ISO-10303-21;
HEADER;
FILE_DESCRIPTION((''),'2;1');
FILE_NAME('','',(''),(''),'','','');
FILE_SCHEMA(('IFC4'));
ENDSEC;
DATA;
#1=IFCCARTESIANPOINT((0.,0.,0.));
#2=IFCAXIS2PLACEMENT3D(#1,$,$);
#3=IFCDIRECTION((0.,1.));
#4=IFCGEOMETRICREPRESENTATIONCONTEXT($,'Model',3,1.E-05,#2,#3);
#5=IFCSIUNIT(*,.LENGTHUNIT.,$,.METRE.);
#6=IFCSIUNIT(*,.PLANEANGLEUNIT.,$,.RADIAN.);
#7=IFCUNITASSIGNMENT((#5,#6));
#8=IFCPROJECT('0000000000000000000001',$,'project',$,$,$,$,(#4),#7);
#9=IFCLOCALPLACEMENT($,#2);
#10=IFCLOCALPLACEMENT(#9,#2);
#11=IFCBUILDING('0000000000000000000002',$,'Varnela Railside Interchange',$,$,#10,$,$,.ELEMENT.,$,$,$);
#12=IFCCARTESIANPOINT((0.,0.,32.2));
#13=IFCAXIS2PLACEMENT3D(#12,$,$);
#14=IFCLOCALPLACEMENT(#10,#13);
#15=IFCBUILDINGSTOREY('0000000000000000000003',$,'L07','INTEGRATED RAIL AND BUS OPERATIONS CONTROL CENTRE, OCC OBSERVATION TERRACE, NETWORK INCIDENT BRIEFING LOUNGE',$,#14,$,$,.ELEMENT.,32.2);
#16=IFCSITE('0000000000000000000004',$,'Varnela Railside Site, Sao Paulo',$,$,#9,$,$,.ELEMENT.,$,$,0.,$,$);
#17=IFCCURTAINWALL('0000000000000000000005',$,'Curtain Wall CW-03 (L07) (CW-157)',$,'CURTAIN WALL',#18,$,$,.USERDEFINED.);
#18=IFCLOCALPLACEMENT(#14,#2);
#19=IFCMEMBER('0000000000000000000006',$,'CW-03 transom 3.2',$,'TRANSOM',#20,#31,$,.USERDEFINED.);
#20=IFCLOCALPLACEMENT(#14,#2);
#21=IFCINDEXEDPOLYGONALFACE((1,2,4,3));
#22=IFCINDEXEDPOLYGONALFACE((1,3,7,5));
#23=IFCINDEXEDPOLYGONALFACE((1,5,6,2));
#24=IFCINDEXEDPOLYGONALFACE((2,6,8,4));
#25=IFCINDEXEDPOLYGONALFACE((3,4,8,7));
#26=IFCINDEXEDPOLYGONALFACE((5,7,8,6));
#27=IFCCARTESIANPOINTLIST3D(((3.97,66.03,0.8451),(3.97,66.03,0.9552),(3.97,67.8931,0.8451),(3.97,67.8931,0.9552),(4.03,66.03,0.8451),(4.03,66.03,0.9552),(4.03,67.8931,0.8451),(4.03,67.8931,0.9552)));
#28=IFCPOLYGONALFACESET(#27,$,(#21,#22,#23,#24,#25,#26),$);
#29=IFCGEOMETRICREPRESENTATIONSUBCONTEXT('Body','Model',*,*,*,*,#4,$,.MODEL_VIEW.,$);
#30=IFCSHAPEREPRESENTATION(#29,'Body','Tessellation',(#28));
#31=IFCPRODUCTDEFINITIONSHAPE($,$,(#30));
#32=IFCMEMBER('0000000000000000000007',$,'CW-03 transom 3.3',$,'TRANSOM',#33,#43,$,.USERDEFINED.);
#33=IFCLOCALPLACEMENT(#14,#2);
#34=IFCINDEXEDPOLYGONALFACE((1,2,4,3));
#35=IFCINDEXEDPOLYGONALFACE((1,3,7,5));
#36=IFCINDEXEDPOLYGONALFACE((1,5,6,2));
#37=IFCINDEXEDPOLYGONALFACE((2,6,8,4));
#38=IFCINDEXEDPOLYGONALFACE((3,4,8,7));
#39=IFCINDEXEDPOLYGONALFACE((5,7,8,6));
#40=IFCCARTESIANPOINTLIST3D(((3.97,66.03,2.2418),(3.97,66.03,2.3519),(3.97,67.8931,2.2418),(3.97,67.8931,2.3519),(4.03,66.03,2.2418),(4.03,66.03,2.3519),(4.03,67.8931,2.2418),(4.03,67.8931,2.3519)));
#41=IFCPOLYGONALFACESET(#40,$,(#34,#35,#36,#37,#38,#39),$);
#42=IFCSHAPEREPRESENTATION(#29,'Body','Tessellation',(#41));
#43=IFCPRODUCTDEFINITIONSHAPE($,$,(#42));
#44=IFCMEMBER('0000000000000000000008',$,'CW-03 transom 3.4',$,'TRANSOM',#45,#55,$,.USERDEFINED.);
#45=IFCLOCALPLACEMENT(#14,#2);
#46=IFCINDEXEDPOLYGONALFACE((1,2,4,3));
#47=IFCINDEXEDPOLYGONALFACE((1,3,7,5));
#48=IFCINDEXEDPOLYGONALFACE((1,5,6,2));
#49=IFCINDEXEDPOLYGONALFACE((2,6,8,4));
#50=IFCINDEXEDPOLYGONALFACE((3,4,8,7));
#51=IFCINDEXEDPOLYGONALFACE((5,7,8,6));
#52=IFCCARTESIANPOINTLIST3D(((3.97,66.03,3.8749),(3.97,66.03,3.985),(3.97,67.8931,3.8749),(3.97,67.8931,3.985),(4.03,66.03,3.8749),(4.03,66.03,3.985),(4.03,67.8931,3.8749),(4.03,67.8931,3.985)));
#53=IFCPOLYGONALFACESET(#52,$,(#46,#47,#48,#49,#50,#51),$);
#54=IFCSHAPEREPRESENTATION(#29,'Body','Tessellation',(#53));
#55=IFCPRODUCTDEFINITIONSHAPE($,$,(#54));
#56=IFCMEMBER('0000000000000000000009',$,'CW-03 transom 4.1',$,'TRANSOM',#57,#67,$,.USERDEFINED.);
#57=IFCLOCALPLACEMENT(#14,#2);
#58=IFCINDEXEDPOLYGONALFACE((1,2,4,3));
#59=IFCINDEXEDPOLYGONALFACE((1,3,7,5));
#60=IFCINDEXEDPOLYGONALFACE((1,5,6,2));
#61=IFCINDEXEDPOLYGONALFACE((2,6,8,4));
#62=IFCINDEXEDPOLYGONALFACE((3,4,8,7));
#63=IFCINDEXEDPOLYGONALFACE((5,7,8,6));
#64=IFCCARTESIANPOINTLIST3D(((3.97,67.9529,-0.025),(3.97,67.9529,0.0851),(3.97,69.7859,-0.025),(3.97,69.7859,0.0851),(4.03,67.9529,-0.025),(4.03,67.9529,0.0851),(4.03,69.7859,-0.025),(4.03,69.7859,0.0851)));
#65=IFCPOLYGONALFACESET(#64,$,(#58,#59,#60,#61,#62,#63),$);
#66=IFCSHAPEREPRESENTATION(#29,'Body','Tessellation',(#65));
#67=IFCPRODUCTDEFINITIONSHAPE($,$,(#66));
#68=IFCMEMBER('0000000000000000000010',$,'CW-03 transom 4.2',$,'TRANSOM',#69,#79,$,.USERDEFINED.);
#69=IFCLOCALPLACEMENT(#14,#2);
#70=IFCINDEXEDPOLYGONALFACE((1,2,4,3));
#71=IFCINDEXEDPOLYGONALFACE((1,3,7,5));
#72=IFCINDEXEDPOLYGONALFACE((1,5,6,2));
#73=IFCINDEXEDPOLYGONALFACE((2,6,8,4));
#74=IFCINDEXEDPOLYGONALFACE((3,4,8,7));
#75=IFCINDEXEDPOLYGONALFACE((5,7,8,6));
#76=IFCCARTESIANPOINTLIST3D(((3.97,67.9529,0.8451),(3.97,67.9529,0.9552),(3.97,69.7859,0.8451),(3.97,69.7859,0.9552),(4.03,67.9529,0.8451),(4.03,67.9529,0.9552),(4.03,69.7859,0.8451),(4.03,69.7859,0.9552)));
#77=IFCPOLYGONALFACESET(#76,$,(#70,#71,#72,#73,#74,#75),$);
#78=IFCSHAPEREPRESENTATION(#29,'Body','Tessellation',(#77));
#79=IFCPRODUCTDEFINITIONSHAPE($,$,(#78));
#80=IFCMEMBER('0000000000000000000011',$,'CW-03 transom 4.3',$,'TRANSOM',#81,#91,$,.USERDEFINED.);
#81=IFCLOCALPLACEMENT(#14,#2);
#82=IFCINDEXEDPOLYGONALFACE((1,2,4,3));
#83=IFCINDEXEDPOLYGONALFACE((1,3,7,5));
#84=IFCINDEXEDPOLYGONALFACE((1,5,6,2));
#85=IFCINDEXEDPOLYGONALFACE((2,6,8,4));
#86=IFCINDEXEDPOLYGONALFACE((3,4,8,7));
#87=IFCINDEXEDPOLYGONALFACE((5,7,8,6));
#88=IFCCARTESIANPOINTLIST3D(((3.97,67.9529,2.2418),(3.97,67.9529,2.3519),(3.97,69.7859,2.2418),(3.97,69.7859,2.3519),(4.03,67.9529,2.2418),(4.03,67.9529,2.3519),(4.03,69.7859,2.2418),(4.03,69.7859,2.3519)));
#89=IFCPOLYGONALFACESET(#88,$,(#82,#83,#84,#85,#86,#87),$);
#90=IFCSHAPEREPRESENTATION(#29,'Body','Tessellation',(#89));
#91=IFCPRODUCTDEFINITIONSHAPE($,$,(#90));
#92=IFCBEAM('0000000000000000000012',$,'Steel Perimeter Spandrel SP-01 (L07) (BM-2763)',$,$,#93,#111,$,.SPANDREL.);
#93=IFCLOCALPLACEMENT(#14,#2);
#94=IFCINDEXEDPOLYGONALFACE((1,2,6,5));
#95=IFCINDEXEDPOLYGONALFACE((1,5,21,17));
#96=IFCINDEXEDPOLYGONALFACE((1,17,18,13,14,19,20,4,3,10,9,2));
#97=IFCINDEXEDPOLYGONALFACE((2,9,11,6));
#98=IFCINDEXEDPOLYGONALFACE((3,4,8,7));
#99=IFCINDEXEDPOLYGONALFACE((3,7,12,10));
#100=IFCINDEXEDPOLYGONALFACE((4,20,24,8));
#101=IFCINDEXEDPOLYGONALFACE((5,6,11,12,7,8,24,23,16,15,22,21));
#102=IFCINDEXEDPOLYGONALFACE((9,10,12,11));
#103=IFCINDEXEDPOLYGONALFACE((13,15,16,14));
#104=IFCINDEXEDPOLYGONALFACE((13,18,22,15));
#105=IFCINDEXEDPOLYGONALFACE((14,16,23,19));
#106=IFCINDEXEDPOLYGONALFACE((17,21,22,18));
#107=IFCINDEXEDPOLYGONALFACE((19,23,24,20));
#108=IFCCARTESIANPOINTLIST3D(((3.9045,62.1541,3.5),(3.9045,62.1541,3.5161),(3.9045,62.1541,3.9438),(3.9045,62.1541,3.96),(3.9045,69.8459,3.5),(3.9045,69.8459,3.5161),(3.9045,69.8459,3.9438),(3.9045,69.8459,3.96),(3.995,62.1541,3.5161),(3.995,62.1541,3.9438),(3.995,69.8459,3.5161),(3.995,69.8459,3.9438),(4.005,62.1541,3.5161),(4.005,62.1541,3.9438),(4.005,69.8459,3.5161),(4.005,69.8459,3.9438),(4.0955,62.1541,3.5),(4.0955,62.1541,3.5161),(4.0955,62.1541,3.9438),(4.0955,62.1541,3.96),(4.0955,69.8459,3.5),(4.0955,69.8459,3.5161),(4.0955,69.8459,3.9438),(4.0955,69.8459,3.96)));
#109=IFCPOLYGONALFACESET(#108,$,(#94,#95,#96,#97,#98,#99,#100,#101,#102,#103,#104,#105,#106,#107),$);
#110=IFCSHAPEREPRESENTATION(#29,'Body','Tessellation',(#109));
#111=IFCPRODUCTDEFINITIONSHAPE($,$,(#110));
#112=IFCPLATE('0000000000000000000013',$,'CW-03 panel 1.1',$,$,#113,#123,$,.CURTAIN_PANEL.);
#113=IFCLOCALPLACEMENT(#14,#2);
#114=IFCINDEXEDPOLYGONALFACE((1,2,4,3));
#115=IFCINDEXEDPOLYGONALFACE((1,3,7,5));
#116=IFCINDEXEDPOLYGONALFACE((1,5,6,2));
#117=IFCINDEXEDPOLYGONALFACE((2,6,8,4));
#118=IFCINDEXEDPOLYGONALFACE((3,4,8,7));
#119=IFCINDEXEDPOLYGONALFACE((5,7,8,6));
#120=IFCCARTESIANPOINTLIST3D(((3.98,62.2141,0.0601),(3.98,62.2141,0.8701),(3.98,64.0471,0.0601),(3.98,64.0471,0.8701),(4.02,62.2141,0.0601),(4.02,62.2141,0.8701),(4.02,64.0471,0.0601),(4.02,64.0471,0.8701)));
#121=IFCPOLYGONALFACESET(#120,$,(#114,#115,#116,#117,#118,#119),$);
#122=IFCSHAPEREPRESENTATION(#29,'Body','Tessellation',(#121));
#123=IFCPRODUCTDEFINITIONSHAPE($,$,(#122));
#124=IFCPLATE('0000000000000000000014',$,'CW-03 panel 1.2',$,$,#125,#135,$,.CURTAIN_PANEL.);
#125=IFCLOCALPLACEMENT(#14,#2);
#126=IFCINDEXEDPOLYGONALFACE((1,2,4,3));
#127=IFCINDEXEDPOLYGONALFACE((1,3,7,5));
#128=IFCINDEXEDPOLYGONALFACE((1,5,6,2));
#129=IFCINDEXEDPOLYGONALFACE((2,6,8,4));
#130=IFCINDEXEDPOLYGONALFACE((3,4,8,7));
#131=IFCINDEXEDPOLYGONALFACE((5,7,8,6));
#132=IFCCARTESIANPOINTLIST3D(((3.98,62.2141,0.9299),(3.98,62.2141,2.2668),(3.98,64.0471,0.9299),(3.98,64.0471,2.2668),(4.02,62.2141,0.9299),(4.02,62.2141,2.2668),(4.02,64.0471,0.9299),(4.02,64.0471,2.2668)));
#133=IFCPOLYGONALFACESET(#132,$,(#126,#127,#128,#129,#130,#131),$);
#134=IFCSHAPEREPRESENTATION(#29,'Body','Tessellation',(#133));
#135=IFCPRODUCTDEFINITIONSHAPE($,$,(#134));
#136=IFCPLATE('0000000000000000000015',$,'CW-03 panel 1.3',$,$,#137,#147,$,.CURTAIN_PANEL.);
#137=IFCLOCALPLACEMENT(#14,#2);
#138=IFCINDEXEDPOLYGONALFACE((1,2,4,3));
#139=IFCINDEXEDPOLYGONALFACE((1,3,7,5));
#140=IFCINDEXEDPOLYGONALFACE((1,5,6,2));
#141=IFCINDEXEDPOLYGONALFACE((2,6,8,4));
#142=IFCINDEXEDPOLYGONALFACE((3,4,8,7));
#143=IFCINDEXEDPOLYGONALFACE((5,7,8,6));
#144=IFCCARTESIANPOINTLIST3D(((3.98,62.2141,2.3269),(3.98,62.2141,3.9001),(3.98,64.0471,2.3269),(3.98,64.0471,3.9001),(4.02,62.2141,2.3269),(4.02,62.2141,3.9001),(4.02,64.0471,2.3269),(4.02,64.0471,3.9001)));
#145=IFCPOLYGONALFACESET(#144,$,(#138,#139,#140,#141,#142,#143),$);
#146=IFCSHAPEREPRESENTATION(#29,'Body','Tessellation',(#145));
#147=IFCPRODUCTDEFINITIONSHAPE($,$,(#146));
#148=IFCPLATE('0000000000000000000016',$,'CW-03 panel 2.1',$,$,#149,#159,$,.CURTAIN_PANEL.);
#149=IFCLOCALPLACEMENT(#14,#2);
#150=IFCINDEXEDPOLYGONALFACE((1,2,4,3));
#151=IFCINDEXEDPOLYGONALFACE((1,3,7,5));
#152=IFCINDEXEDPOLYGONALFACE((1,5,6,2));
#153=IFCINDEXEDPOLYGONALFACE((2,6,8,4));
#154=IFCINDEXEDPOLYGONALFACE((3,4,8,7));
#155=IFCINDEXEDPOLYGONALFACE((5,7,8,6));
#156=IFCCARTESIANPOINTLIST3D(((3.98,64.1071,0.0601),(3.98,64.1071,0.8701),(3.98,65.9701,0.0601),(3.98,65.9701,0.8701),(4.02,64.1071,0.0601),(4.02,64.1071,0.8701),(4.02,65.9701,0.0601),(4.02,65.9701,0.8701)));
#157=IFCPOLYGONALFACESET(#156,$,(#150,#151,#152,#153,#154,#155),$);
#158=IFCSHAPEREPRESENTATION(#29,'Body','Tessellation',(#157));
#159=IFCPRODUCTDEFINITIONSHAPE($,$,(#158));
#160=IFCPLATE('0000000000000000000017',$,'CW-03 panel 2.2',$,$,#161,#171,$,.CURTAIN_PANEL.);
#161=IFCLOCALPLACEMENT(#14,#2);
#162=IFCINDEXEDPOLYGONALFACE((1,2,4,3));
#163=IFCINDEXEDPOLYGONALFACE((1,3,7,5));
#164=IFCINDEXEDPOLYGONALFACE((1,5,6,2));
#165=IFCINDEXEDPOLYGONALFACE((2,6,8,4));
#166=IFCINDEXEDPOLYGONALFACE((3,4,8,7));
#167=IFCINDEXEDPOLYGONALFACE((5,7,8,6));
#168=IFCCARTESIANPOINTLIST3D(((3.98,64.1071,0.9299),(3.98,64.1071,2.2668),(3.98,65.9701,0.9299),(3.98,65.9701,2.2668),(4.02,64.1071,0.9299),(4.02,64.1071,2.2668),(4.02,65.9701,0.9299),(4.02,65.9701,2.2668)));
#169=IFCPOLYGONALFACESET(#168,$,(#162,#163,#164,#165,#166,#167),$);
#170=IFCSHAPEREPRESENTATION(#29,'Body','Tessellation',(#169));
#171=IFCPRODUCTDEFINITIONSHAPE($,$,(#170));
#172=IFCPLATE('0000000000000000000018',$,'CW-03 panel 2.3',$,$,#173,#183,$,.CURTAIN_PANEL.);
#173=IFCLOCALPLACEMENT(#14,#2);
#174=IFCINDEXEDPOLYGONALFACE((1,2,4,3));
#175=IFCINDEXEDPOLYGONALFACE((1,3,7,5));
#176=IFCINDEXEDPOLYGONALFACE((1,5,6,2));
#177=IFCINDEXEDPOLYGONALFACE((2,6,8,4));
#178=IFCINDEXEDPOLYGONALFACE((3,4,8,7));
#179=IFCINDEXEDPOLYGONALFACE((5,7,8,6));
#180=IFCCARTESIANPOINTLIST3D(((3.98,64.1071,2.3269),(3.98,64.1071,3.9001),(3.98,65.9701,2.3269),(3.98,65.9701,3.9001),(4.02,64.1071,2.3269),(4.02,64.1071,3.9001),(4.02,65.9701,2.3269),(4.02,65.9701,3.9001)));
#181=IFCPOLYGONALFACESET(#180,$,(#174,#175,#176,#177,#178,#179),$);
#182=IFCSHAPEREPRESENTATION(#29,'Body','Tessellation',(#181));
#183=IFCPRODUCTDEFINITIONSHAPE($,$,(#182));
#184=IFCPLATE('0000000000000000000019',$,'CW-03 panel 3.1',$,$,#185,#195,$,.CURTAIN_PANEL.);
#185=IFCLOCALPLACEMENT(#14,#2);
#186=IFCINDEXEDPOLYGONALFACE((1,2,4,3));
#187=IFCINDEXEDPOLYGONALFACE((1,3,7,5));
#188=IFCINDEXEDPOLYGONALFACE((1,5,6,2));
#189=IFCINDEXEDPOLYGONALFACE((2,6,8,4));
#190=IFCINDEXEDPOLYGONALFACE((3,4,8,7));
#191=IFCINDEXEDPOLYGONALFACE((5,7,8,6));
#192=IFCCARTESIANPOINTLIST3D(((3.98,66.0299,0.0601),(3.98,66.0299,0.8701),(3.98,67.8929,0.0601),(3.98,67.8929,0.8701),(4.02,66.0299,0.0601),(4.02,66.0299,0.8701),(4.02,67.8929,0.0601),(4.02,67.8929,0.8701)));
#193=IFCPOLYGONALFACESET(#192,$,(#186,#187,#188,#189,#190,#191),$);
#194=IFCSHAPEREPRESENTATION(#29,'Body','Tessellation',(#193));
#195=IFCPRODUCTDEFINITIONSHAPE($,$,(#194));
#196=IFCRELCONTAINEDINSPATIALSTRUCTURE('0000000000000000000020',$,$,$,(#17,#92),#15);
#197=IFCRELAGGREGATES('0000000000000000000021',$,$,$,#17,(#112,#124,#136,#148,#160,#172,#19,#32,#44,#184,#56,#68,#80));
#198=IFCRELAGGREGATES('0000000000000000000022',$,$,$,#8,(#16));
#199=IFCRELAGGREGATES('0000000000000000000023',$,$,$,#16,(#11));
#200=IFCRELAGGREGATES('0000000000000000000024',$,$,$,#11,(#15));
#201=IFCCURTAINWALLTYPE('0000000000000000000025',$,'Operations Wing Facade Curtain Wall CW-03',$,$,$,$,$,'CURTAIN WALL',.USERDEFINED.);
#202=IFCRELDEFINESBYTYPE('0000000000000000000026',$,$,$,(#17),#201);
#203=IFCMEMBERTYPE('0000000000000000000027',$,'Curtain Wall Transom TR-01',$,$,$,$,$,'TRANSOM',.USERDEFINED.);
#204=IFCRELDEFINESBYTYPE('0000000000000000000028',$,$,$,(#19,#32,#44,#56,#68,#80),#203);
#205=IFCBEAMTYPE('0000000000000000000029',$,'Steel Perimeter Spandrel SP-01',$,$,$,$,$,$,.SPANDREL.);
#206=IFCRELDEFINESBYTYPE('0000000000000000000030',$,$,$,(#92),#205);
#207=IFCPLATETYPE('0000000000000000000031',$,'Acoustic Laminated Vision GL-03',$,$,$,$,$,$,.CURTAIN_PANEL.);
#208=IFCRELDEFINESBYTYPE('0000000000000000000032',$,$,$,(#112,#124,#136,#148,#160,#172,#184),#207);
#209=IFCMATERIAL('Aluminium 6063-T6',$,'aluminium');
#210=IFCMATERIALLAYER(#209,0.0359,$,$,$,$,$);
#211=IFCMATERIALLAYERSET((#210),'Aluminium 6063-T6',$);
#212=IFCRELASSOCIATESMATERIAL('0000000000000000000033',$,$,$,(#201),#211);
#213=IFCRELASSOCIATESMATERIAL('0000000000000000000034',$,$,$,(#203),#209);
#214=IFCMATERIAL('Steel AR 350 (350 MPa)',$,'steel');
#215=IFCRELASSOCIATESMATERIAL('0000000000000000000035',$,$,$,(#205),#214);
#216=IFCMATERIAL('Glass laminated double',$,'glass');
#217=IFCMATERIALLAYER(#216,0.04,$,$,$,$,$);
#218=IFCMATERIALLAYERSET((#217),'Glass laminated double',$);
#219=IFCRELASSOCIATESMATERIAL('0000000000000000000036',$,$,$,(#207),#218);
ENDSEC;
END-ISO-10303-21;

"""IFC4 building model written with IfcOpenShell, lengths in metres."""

from ifc_helpers import new_model, si_unit, direction, frame, origin, origin_2d, place, context, subcontext, project, spatial, rectangle, i_section, extrude, material, layer, layer_set, material_profile, profile_set, type_object, element, aggregate, save


model = new_model("IFC4")

# Units and contexts
model_context = context("Model", 3, precision=1e-05, world=origin(), true_north=direction((0.0, 1.0)))
body_context = subcontext(model_context, "Body", "Model", "MODEL_VIEW")
ifc_project = project(units=[si_unit("LENGTHUNIT", "METRE"), si_unit("PLANEANGLEUNIT", "RADIAN")], contexts=[model_context])

# Site, building, storey
site_placement = place(None, origin())
site = spatial("IfcSite", under=ifc_project, at=site_placement, Name="Varnela Railside Site, Sao Paulo", CompositionType="ELEMENT", RefElevation=0.0)
building_placement = place(site_placement, origin())
building = spatial("IfcBuilding", under=site, at=building_placement, Name="Varnela Railside Interchange", CompositionType="ELEMENT")
storey_placement = place(building_placement, frame((0.0, 0.0, 32.2)))
storey = spatial("IfcBuildingStorey", under=building, at=storey_placement, Name="L07", Description="INTEGRATED RAIL AND BUS OPERATIONS CONTROL CENTRE, OCC OBSERVATION TERRACE, NETWORK INCIDENT BRIEFING LOUNGE", CompositionType="ELEMENT", Elevation=32.2)

# Shared definitions
ifc_material_1 = material(Name="Steel AR 350 (350 MPa)", Category="steel")

# Curtain wall, members
ifc_material_2 = material(Name="Aluminium 6063-T6", Category="aluminium")
ifc_layer_1 = layer(ifc_material_2, 0.0359)
ifc_layer_set_1 = layer_set([ifc_layer_1], Name="Aluminium 6063-T6")
curtain_wall_type = type_object("IfcCurtainWallType", Name="Operations Wing Facade Curtain Wall CW-03", ElementType="CURTAIN WALL", PredefinedType="USERDEFINED", material=ifc_layer_set_1)
curtain_wall_placement = place(storey_placement, origin())
curtain_wall = element("IfcCurtainWall", 1, at=curtain_wall_placement, inside=storey, type_object=curtain_wall_type, Name="Curtain Wall CW-03 (L07) (CW-157)", ObjectType="CURTAIN WALL", PredefinedType="USERDEFINED")
ifc_material_profile_1 = material_profile(ifc_material_2, rectangle(XDim=0.0601, YDim=0.1101, at=origin_2d()), Name="ALU 60x110")
ifc_profile_set_1 = profile_set([ifc_material_profile_1], Name="Aluminium 6063-T6")
member_type_1 = type_object("IfcMemberType", Name="Curtain Wall Transom TR-01", ElementType="TRANSOM", PredefinedType="USERDEFINED", material=ifc_profile_set_1)
member_1_placement = place(storey_placement, frame((4.0, 66.03, 0.9001), z_axis=(0.0, 1.0, 0.0), x_axis=(-1.0, 0.0, 0.0)))
member_1 = element("IfcMember", 2, at=member_1_placement, type_object=member_type_1, Name="CW-03 transom 3.2", ObjectType="TRANSOM", PredefinedType="USERDEFINED", context=body_context, shape_type="SweptSolid", body=[
    extrude(rectangle(XDim=0.0601, YDim=0.1101, at=origin_2d()), origin(), (0.0, 0.0, 1.0), 1.863),
])
member_2_placement = place(storey_placement, frame((4.0, 66.03, 2.2969), z_axis=(0.0, 1.0, 0.0), x_axis=(-1.0, 0.0, 0.0)))
member_2 = element("IfcMember", 3, at=member_2_placement, type_object=member_type_1, Name="CW-03 transom 3.3", ObjectType="TRANSOM", PredefinedType="USERDEFINED", context=body_context, shape_type="SweptSolid", body=[
    extrude(rectangle(XDim=0.0601, YDim=0.1101, at=origin_2d()), origin(), (0.0, 0.0, 1.0), 1.863),
])
member_3_placement = place(storey_placement, frame((4.0, 66.03, 3.9299), z_axis=(0.0, 1.0, 0.0), x_axis=(-1.0, 0.0, 0.0)))
member_3 = element("IfcMember", 4, at=member_3_placement, type_object=member_type_1, Name="CW-03 transom 3.4", ObjectType="TRANSOM", PredefinedType="USERDEFINED", context=body_context, shape_type="SweptSolid", body=[
    extrude(rectangle(XDim=0.0601, YDim=0.1101, at=origin_2d()), origin(), (0.0, 0.0, 1.0), 1.863),
])
member_4_placement = place(storey_placement, frame((4.0, 67.9529, 0.03), z_axis=(0.0, 1.0, 0.0), x_axis=(-1.0, 0.0, 0.0)))
member_4 = element("IfcMember", 5, at=member_4_placement, type_object=member_type_1, Name="CW-03 transom 4.1", ObjectType="TRANSOM", PredefinedType="USERDEFINED", context=body_context, shape_type="SweptSolid", body=[
    extrude(rectangle(XDim=0.0601, YDim=0.1101, at=origin_2d()), origin(), (0.0, 0.0, 1.0), 1.833),
])
member_5_placement = place(storey_placement, frame((4.0, 67.9529, 0.9001), z_axis=(0.0, 1.0, 0.0), x_axis=(-1.0, 0.0, 0.0)))
member_5 = element("IfcMember", 6, at=member_5_placement, type_object=member_type_1, Name="CW-03 transom 4.2", ObjectType="TRANSOM", PredefinedType="USERDEFINED", context=body_context, shape_type="SweptSolid", body=[
    extrude(rectangle(XDim=0.0601, YDim=0.1101, at=origin_2d()), origin(), (0.0, 0.0, 1.0), 1.833),
])
member_6_placement = place(storey_placement, frame((4.0, 67.9529, 2.2969), z_axis=(0.0, 1.0, 0.0), x_axis=(-1.0, 0.0, 0.0)))
member_6 = element("IfcMember", 7, at=member_6_placement, type_object=member_type_1, Name="CW-03 transom 4.3", ObjectType="TRANSOM", PredefinedType="USERDEFINED", context=body_context, shape_type="SweptSolid", body=[
    extrude(rectangle(XDim=0.0601, YDim=0.1101, at=origin_2d()), origin(), (0.0, 0.0, 1.0), 1.833),
])

# Beam
ifc_material_profile_2 = material_profile(ifc_material_1, i_section(OverallWidth=0.1909, OverallDepth=0.46, WebThickness=0.01, FlangeThickness=0.0161, at=origin_2d()), Name="W460x82")
ifc_profile_set_2 = profile_set([ifc_material_profile_2], Name="Steel AR 350 (350 MPa)")
beam_type = type_object("IfcBeamType", Name="Steel Perimeter Spandrel SP-01", PredefinedType="SPANDREL", material=ifc_profile_set_2)
beam_placement = place(storey_placement, frame((4.0, 62.1541, 3.73), z_axis=(0.0, 1.0, 0.0), x_axis=(-1.0, 0.0, 0.0)))
element("IfcBeam", 8, at=beam_placement, inside=storey, type_object=beam_type, Name="Steel Perimeter Spandrel SP-01 (L07) (BM-2763)", PredefinedType="SPANDREL", context=body_context, shape_type="SweptSolid", body=[
    extrude(i_section(OverallWidth=0.1909, OverallDepth=0.46, WebThickness=0.01, FlangeThickness=0.0161, at=origin_2d()), origin(), (0.0, 0.0, 1.0), 7.6919),
])

# Plates
ifc_material_3 = material(Name="Glass laminated double", Category="glass")
ifc_layer_2 = layer(ifc_material_3, 0.04)
ifc_layer_set_2 = layer_set([ifc_layer_2], Name="Glass laminated double")
plate_type = type_object("IfcPlateType", Name="Acoustic Laminated Vision GL-03", PredefinedType="CURTAIN_PANEL", material=ifc_layer_set_2)
plate_1_placement = place(storey_placement, frame((4.0, 63.1306, 0.0601), z_axis=(0.0, 0.0, 1.0), x_axis=(0.0, 1.0, 0.0)))
plate_1 = element("IfcPlate", 9, at=plate_1_placement, type_object=plate_type, Name="CW-03 panel 1.1", PredefinedType="CURTAIN_PANEL", context=body_context, shape_type="SweptSolid", body=[
    extrude(rectangle(XDim=1.833, YDim=0.04, at=origin_2d()), origin(), (0.0, 0.0, 1.0), 0.8101),
])
plate_2_placement = place(storey_placement, frame((4.0, 63.1306, 0.9299), z_axis=(0.0, 0.0, 1.0), x_axis=(0.0, 1.0, 0.0)))
plate_2 = element("IfcPlate", 10, at=plate_2_placement, type_object=plate_type, Name="CW-03 panel 1.2", PredefinedType="CURTAIN_PANEL", context=body_context, shape_type="SweptSolid", body=[
    extrude(rectangle(XDim=1.833, YDim=0.04, at=origin_2d()), origin(), (0.0, 0.0, 1.0), 1.3369),
])
plate_3_placement = place(storey_placement, frame((4.0, 63.1306, 2.3269), z_axis=(0.0, 0.0, 1.0), x_axis=(0.0, 1.0, 0.0)))
plate_3 = element("IfcPlate", 11, at=plate_3_placement, type_object=plate_type, Name="CW-03 panel 1.3", PredefinedType="CURTAIN_PANEL", context=body_context, shape_type="SweptSolid", body=[
    extrude(rectangle(XDim=1.833, YDim=0.04, at=origin_2d()), origin(), (0.0, 0.0, 1.0), 1.5732),
])
plate_4_placement = place(storey_placement, frame((4.0, 65.0386, 0.0601), z_axis=(0.0, 0.0, 1.0), x_axis=(0.0, 1.0, 0.0)))
plate_4 = element("IfcPlate", 12, at=plate_4_placement, type_object=plate_type, Name="CW-03 panel 2.1", PredefinedType="CURTAIN_PANEL", context=body_context, shape_type="SweptSolid", body=[
    extrude(rectangle(XDim=1.863, YDim=0.04, at=origin_2d()), origin(), (0.0, 0.0, 1.0), 0.8101),
])
plate_5_placement = place(storey_placement, frame((4.0, 65.0386, 0.9299), z_axis=(0.0, 0.0, 1.0), x_axis=(0.0, 1.0, 0.0)))
plate_5 = element("IfcPlate", 13, at=plate_5_placement, type_object=plate_type, Name="CW-03 panel 2.2", PredefinedType="CURTAIN_PANEL", context=body_context, shape_type="SweptSolid", body=[
    extrude(rectangle(XDim=1.863, YDim=0.04, at=origin_2d()), origin(), (0.0, 0.0, 1.0), 1.3369),
])
plate_6_placement = place(storey_placement, frame((4.0, 65.0386, 2.3269), z_axis=(0.0, 0.0, 1.0), x_axis=(0.0, 1.0, 0.0)))
plate_6 = element("IfcPlate", 14, at=plate_6_placement, type_object=plate_type, Name="CW-03 panel 2.3", PredefinedType="CURTAIN_PANEL", context=body_context, shape_type="SweptSolid", body=[
    extrude(rectangle(XDim=1.863, YDim=0.04, at=origin_2d()), origin(), (0.0, 0.0, 1.0), 1.5732),
])
plate_7_placement = place(storey_placement, frame((4.0, 66.9614, 0.0601), z_axis=(0.0, 0.0, 1.0), x_axis=(0.0, 1.0, 0.0)))
plate_7 = element("IfcPlate", 15, at=plate_7_placement, type_object=plate_type, Name="CW-03 panel 3.1", PredefinedType="CURTAIN_PANEL", context=body_context, shape_type="SweptSolid", body=[
    extrude(rectangle(XDim=1.863, YDim=0.04, at=origin_2d()), origin(), (0.0, 0.0, 1.0), 0.8101),
])
aggregate(curtain_wall, [plate_1, plate_2, plate_3, plate_4, plate_5, plate_6, member_1, member_2, member_3, plate_7, member_4, member_5, member_6])

save(model, "model.ifc")
